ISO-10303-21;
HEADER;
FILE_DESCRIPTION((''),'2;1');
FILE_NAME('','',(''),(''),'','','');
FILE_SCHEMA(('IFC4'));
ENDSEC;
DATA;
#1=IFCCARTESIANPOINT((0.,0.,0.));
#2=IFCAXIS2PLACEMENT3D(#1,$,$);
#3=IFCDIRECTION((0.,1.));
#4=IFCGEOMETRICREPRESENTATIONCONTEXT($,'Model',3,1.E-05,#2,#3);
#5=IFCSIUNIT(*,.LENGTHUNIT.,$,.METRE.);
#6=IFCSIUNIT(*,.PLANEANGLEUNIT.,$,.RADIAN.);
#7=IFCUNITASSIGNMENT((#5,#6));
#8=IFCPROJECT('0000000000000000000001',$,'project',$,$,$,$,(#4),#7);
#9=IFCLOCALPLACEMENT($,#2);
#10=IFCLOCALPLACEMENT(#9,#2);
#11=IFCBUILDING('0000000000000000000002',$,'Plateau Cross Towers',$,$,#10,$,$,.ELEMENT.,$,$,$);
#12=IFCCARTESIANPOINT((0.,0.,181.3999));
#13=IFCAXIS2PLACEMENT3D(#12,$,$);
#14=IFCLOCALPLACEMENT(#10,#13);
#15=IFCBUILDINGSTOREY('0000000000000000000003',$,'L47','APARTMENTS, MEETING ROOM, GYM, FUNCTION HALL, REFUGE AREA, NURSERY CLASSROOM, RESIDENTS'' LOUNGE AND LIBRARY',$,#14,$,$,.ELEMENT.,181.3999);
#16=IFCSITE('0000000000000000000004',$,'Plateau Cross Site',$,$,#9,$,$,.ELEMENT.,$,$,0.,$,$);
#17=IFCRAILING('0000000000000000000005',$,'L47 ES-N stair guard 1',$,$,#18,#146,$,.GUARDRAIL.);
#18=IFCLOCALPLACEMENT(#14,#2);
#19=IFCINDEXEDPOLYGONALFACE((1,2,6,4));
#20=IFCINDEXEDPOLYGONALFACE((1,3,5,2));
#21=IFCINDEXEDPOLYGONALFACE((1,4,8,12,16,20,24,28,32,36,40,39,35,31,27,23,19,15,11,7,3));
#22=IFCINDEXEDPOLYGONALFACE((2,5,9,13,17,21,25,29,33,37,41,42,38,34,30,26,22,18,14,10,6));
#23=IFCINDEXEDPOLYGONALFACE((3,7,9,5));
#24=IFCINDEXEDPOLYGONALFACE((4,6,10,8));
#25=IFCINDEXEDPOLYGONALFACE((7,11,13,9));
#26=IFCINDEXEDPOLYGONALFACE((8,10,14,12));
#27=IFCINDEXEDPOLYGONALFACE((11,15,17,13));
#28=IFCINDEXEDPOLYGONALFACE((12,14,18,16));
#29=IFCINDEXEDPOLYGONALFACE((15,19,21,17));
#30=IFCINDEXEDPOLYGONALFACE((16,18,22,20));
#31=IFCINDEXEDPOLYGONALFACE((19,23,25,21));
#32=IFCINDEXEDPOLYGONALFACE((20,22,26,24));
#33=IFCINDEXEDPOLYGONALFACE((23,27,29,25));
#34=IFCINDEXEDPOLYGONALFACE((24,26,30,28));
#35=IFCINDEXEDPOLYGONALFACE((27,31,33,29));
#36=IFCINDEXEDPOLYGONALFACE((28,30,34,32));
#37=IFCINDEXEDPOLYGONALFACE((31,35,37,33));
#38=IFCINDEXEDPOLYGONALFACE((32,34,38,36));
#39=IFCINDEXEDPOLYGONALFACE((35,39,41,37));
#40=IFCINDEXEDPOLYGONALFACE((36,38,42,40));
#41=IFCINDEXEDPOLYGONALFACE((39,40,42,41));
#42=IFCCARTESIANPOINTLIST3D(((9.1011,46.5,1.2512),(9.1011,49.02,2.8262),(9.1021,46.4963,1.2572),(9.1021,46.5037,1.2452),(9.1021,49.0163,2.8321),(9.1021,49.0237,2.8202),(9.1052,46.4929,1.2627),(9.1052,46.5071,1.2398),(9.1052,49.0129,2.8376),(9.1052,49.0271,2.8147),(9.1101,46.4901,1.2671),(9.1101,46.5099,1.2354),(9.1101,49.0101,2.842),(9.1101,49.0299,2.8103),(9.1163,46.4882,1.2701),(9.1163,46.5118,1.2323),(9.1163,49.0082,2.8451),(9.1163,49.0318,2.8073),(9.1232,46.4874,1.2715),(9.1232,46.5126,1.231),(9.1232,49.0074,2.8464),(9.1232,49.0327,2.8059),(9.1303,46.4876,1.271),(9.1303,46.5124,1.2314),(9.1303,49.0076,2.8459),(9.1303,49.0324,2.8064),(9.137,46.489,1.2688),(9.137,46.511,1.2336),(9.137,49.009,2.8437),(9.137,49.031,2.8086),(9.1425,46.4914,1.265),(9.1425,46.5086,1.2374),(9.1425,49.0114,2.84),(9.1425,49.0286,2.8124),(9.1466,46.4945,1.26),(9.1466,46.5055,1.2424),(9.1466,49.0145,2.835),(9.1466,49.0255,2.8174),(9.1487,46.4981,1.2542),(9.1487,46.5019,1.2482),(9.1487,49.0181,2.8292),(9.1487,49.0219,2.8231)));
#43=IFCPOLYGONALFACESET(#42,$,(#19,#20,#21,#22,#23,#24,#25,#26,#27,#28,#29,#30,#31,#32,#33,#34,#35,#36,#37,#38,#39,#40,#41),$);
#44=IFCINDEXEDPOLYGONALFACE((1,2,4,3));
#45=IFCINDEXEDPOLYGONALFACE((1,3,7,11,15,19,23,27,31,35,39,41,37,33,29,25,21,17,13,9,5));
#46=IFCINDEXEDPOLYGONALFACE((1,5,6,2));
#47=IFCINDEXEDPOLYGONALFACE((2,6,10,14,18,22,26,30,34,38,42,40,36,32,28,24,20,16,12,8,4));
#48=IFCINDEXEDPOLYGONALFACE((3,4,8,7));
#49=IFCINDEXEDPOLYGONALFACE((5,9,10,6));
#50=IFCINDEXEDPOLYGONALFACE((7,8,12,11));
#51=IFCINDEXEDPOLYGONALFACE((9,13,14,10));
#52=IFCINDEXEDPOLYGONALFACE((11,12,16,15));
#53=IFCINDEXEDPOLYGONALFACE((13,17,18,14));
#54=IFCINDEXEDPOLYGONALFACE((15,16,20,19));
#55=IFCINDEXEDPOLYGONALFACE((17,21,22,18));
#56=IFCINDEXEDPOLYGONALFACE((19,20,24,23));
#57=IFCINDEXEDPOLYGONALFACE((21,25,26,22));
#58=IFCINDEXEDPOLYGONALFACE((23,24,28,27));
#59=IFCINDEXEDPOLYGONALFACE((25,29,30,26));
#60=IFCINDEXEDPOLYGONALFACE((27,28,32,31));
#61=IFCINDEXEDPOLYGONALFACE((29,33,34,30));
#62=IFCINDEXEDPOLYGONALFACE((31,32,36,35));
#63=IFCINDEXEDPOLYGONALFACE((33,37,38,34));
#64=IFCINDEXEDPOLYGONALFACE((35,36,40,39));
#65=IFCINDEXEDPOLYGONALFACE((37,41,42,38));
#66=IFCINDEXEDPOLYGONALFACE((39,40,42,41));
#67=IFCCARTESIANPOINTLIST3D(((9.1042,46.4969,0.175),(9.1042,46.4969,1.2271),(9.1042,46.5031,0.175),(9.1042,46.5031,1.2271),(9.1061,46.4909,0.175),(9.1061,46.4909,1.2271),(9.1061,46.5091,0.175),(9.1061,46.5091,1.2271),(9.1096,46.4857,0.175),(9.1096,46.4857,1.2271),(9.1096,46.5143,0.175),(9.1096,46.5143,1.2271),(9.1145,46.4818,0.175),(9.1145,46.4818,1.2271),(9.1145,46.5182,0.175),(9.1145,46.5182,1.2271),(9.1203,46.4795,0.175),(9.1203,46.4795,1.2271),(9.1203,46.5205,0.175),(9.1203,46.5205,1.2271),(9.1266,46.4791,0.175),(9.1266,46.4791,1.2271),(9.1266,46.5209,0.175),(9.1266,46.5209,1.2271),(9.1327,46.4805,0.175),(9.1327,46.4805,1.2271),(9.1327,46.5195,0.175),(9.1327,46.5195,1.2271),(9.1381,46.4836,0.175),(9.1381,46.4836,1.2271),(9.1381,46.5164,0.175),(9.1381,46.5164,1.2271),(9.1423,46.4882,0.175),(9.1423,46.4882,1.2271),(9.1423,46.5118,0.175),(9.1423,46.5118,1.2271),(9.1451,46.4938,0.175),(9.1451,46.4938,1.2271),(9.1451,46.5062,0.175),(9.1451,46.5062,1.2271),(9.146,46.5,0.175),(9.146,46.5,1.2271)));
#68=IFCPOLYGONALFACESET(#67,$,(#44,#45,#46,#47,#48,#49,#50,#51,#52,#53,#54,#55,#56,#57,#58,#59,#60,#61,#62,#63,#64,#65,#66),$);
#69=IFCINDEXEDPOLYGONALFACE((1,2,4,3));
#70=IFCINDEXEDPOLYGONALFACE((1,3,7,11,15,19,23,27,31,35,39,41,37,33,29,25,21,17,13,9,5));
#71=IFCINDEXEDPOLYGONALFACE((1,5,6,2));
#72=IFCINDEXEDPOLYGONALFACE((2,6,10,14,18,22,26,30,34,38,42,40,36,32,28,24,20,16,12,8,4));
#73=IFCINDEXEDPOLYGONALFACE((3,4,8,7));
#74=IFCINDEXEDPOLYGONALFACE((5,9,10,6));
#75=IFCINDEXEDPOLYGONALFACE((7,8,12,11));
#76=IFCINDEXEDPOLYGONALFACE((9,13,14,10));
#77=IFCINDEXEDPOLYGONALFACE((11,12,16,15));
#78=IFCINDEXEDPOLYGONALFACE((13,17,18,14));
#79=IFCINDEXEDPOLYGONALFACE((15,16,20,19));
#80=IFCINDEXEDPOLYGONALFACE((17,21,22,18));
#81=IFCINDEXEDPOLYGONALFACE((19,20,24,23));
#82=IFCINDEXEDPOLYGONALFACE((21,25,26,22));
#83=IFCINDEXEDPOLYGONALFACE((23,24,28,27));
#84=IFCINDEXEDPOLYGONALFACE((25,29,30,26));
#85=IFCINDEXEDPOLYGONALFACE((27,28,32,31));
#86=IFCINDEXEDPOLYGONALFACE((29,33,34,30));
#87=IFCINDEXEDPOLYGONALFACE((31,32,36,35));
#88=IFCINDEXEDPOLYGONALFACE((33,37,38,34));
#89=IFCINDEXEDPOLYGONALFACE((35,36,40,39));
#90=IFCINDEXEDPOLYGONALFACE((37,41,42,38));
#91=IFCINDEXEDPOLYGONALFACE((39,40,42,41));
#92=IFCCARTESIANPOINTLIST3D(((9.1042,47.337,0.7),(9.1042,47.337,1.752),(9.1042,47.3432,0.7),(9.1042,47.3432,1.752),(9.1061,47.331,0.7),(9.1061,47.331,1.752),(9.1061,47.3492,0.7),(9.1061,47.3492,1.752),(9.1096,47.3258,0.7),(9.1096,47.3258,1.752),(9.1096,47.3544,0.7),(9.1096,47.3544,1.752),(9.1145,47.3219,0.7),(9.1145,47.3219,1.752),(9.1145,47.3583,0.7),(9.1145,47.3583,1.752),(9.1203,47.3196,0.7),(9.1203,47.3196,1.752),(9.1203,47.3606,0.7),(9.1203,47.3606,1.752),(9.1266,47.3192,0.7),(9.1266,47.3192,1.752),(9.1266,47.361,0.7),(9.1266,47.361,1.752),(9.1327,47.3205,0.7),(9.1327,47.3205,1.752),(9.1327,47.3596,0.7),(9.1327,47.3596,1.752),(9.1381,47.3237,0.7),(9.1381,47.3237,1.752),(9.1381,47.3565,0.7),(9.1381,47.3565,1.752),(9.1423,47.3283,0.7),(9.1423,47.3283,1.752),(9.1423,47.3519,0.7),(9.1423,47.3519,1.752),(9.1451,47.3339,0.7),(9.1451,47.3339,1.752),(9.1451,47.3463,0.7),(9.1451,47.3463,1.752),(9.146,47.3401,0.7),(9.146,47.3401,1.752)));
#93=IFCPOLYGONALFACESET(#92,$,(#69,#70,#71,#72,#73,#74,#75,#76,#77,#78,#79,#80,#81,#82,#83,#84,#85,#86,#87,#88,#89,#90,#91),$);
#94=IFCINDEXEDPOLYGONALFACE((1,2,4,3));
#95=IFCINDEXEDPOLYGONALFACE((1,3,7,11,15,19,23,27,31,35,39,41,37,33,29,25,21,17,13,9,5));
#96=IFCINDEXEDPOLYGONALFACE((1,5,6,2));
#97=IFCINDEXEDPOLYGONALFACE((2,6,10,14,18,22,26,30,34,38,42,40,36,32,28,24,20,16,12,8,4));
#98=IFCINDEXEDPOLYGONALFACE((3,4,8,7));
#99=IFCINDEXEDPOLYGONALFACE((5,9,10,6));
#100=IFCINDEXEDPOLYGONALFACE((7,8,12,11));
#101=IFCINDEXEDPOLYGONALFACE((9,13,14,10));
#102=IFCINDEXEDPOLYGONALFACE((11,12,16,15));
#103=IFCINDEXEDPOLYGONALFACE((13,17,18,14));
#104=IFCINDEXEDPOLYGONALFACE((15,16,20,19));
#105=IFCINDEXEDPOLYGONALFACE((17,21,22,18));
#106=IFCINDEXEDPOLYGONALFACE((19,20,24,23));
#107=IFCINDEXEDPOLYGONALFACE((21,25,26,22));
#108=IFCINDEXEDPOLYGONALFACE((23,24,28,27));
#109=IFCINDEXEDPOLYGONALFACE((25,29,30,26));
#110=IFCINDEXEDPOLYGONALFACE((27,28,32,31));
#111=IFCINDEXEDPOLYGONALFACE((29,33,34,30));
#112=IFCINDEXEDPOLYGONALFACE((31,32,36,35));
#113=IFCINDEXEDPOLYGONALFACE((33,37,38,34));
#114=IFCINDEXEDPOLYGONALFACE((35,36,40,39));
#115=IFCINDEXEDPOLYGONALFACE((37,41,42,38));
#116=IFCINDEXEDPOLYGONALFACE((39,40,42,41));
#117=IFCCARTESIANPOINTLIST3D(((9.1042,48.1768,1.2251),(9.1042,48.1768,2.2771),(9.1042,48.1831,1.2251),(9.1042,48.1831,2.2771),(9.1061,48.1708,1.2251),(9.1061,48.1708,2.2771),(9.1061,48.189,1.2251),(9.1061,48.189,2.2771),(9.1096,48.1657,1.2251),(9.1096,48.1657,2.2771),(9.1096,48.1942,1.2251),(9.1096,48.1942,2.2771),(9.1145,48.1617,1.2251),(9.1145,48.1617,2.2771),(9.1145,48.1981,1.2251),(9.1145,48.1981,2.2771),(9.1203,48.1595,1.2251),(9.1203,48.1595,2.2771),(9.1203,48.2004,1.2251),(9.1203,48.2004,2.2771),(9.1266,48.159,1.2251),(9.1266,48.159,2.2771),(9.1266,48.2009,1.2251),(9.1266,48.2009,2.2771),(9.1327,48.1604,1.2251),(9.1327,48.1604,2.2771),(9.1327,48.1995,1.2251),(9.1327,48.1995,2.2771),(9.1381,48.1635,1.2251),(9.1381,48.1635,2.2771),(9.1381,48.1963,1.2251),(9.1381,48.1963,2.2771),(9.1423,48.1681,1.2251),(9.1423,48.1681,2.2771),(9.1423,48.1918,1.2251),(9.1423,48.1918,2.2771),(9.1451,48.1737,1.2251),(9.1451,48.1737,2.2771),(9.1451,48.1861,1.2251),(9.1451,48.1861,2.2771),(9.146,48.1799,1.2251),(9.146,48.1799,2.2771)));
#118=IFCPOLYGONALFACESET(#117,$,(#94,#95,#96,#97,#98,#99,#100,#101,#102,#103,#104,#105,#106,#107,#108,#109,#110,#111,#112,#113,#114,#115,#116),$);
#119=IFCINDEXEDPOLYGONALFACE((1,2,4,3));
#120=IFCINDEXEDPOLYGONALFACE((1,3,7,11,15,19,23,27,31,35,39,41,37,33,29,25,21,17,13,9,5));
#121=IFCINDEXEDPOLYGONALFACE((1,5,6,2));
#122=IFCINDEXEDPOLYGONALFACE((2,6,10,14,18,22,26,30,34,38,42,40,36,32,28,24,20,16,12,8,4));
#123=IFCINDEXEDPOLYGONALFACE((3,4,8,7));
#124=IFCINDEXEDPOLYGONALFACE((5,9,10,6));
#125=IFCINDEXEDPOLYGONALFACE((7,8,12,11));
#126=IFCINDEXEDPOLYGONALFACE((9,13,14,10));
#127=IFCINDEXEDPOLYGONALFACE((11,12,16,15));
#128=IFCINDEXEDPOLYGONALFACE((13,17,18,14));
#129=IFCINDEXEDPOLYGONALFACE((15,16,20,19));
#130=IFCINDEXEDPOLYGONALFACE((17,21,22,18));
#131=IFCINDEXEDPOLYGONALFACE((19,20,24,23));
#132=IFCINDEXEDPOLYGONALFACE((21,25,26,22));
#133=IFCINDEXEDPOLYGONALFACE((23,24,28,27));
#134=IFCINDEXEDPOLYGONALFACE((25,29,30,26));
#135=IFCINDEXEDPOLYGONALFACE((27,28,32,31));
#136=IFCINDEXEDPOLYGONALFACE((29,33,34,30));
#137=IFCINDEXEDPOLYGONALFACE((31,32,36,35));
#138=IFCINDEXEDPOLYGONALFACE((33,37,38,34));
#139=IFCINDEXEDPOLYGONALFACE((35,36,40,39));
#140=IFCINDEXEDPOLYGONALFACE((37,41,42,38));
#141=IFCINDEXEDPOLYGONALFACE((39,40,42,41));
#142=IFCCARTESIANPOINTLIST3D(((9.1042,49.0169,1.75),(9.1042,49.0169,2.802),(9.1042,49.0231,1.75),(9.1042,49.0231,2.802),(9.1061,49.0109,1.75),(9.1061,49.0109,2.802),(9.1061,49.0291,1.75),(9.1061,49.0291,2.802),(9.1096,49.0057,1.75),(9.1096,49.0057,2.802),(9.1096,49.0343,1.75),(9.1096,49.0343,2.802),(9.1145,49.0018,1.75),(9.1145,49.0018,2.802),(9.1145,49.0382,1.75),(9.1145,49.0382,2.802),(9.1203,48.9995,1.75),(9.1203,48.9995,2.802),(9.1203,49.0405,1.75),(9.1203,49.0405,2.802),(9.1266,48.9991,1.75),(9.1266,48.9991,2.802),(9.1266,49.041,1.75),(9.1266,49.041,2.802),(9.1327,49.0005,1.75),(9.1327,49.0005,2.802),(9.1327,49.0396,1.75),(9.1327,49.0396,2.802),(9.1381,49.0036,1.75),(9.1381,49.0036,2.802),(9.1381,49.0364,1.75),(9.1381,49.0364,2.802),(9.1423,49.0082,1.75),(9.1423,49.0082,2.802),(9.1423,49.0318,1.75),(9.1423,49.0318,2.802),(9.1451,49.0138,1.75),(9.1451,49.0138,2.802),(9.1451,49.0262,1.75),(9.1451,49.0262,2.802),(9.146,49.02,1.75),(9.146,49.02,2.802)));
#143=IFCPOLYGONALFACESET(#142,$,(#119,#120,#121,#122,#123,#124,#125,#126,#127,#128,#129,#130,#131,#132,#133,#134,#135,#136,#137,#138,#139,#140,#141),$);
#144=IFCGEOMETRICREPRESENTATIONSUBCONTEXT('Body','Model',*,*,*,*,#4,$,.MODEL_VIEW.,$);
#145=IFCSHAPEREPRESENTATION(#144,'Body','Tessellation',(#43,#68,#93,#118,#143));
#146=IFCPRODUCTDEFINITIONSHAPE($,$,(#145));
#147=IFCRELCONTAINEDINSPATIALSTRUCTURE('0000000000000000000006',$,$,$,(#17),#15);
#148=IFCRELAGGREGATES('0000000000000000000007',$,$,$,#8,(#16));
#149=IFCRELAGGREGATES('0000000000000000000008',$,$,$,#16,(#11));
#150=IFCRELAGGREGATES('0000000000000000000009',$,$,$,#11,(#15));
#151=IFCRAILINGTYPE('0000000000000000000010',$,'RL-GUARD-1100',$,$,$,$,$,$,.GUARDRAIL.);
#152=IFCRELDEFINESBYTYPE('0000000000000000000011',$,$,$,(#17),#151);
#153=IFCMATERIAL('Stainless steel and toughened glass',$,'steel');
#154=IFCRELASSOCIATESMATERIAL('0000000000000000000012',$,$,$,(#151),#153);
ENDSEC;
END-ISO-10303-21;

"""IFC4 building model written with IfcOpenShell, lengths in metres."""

from ifc_helpers import new_model, si_unit, direction, frame, origin, origin_2d, place, context, subcontext, project, spatial, circle, extrude, material, type_object, element, save


model = new_model("IFC4")

# Units and contexts
model_context = context("Model", 3, precision=1e-05, world=origin(), true_north=direction((0.0, 1.0)))
body_context = subcontext(model_context, "Body", "Model", "MODEL_VIEW")
ifc_project = project(units=[si_unit("LENGTHUNIT", "METRE"), si_unit("PLANEANGLEUNIT", "RADIAN")], contexts=[model_context])

# Site, building, storey
site_placement = place(None, origin())
site = spatial("IfcSite", under=ifc_project, at=site_placement, Name="Plateau Cross Site", CompositionType="ELEMENT", RefElevation=0.0)
building_placement = place(site_placement, origin())
building = spatial("IfcBuilding", under=site, at=building_placement, Name="Plateau Cross Towers", CompositionType="ELEMENT")
storey_placement = place(building_placement, frame((0.0, 0.0, 181.3999)))
storey = spatial("IfcBuildingStorey", under=building, at=storey_placement, Name="L47", Description="APARTMENTS, MEETING ROOM, GYM, FUNCTION HALL, REFUGE AREA, NURSERY CLASSROOM, RESIDENTS' LOUNGE AND LIBRARY", CompositionType="ELEMENT", Elevation=181.3999)

# Railing
ifc_material_1 = material(Name="Stainless steel and toughened glass", Category="steel")
railing_type_1 = type_object("IfcRailingType", Name="RL-GUARD-1100", PredefinedType="GUARDRAIL", material=ifc_material_1)
railing_1_placement = place(storey_placement, frame((9.125, 46.5, 0.175)))
element("IfcRailing", 1, at=railing_1_placement, inside=storey, type_object=railing_type_1, Name="L47 ES-N stair guard 1", PredefinedType="GUARDRAIL", context=body_context, shape_type="SweptSolid", body=[
    extrude(circle(Radius=0.0239, at=origin_2d()), frame((0.0, 0.0, 1.0762), z_axis=(0.0, 0.848008, 0.529984), x_axis=(-1.0, 0.0, 0.0)), (0.0, 0.0, 1.0), 2.9717),
    extrude(circle(Radius=0.021, at=origin_2d()), origin(), (0.0, 0.0, 1.0), 1.052),
    extrude(circle(Radius=0.021, at=origin_2d()), frame((0.0, 0.8401, 0.5249)), (0.0, 0.0, 1.0), 1.052),
    extrude(circle(Radius=0.021, at=origin_2d()), frame((0.0, 1.6799, 1.05)), (0.0, 0.0, 1.0), 1.052),
    extrude(circle(Radius=0.021, at=origin_2d()), frame((0.0, 2.52, 1.575)), (0.0, 0.0, 1.0), 1.052),
])

save(model, "model.ifc")
